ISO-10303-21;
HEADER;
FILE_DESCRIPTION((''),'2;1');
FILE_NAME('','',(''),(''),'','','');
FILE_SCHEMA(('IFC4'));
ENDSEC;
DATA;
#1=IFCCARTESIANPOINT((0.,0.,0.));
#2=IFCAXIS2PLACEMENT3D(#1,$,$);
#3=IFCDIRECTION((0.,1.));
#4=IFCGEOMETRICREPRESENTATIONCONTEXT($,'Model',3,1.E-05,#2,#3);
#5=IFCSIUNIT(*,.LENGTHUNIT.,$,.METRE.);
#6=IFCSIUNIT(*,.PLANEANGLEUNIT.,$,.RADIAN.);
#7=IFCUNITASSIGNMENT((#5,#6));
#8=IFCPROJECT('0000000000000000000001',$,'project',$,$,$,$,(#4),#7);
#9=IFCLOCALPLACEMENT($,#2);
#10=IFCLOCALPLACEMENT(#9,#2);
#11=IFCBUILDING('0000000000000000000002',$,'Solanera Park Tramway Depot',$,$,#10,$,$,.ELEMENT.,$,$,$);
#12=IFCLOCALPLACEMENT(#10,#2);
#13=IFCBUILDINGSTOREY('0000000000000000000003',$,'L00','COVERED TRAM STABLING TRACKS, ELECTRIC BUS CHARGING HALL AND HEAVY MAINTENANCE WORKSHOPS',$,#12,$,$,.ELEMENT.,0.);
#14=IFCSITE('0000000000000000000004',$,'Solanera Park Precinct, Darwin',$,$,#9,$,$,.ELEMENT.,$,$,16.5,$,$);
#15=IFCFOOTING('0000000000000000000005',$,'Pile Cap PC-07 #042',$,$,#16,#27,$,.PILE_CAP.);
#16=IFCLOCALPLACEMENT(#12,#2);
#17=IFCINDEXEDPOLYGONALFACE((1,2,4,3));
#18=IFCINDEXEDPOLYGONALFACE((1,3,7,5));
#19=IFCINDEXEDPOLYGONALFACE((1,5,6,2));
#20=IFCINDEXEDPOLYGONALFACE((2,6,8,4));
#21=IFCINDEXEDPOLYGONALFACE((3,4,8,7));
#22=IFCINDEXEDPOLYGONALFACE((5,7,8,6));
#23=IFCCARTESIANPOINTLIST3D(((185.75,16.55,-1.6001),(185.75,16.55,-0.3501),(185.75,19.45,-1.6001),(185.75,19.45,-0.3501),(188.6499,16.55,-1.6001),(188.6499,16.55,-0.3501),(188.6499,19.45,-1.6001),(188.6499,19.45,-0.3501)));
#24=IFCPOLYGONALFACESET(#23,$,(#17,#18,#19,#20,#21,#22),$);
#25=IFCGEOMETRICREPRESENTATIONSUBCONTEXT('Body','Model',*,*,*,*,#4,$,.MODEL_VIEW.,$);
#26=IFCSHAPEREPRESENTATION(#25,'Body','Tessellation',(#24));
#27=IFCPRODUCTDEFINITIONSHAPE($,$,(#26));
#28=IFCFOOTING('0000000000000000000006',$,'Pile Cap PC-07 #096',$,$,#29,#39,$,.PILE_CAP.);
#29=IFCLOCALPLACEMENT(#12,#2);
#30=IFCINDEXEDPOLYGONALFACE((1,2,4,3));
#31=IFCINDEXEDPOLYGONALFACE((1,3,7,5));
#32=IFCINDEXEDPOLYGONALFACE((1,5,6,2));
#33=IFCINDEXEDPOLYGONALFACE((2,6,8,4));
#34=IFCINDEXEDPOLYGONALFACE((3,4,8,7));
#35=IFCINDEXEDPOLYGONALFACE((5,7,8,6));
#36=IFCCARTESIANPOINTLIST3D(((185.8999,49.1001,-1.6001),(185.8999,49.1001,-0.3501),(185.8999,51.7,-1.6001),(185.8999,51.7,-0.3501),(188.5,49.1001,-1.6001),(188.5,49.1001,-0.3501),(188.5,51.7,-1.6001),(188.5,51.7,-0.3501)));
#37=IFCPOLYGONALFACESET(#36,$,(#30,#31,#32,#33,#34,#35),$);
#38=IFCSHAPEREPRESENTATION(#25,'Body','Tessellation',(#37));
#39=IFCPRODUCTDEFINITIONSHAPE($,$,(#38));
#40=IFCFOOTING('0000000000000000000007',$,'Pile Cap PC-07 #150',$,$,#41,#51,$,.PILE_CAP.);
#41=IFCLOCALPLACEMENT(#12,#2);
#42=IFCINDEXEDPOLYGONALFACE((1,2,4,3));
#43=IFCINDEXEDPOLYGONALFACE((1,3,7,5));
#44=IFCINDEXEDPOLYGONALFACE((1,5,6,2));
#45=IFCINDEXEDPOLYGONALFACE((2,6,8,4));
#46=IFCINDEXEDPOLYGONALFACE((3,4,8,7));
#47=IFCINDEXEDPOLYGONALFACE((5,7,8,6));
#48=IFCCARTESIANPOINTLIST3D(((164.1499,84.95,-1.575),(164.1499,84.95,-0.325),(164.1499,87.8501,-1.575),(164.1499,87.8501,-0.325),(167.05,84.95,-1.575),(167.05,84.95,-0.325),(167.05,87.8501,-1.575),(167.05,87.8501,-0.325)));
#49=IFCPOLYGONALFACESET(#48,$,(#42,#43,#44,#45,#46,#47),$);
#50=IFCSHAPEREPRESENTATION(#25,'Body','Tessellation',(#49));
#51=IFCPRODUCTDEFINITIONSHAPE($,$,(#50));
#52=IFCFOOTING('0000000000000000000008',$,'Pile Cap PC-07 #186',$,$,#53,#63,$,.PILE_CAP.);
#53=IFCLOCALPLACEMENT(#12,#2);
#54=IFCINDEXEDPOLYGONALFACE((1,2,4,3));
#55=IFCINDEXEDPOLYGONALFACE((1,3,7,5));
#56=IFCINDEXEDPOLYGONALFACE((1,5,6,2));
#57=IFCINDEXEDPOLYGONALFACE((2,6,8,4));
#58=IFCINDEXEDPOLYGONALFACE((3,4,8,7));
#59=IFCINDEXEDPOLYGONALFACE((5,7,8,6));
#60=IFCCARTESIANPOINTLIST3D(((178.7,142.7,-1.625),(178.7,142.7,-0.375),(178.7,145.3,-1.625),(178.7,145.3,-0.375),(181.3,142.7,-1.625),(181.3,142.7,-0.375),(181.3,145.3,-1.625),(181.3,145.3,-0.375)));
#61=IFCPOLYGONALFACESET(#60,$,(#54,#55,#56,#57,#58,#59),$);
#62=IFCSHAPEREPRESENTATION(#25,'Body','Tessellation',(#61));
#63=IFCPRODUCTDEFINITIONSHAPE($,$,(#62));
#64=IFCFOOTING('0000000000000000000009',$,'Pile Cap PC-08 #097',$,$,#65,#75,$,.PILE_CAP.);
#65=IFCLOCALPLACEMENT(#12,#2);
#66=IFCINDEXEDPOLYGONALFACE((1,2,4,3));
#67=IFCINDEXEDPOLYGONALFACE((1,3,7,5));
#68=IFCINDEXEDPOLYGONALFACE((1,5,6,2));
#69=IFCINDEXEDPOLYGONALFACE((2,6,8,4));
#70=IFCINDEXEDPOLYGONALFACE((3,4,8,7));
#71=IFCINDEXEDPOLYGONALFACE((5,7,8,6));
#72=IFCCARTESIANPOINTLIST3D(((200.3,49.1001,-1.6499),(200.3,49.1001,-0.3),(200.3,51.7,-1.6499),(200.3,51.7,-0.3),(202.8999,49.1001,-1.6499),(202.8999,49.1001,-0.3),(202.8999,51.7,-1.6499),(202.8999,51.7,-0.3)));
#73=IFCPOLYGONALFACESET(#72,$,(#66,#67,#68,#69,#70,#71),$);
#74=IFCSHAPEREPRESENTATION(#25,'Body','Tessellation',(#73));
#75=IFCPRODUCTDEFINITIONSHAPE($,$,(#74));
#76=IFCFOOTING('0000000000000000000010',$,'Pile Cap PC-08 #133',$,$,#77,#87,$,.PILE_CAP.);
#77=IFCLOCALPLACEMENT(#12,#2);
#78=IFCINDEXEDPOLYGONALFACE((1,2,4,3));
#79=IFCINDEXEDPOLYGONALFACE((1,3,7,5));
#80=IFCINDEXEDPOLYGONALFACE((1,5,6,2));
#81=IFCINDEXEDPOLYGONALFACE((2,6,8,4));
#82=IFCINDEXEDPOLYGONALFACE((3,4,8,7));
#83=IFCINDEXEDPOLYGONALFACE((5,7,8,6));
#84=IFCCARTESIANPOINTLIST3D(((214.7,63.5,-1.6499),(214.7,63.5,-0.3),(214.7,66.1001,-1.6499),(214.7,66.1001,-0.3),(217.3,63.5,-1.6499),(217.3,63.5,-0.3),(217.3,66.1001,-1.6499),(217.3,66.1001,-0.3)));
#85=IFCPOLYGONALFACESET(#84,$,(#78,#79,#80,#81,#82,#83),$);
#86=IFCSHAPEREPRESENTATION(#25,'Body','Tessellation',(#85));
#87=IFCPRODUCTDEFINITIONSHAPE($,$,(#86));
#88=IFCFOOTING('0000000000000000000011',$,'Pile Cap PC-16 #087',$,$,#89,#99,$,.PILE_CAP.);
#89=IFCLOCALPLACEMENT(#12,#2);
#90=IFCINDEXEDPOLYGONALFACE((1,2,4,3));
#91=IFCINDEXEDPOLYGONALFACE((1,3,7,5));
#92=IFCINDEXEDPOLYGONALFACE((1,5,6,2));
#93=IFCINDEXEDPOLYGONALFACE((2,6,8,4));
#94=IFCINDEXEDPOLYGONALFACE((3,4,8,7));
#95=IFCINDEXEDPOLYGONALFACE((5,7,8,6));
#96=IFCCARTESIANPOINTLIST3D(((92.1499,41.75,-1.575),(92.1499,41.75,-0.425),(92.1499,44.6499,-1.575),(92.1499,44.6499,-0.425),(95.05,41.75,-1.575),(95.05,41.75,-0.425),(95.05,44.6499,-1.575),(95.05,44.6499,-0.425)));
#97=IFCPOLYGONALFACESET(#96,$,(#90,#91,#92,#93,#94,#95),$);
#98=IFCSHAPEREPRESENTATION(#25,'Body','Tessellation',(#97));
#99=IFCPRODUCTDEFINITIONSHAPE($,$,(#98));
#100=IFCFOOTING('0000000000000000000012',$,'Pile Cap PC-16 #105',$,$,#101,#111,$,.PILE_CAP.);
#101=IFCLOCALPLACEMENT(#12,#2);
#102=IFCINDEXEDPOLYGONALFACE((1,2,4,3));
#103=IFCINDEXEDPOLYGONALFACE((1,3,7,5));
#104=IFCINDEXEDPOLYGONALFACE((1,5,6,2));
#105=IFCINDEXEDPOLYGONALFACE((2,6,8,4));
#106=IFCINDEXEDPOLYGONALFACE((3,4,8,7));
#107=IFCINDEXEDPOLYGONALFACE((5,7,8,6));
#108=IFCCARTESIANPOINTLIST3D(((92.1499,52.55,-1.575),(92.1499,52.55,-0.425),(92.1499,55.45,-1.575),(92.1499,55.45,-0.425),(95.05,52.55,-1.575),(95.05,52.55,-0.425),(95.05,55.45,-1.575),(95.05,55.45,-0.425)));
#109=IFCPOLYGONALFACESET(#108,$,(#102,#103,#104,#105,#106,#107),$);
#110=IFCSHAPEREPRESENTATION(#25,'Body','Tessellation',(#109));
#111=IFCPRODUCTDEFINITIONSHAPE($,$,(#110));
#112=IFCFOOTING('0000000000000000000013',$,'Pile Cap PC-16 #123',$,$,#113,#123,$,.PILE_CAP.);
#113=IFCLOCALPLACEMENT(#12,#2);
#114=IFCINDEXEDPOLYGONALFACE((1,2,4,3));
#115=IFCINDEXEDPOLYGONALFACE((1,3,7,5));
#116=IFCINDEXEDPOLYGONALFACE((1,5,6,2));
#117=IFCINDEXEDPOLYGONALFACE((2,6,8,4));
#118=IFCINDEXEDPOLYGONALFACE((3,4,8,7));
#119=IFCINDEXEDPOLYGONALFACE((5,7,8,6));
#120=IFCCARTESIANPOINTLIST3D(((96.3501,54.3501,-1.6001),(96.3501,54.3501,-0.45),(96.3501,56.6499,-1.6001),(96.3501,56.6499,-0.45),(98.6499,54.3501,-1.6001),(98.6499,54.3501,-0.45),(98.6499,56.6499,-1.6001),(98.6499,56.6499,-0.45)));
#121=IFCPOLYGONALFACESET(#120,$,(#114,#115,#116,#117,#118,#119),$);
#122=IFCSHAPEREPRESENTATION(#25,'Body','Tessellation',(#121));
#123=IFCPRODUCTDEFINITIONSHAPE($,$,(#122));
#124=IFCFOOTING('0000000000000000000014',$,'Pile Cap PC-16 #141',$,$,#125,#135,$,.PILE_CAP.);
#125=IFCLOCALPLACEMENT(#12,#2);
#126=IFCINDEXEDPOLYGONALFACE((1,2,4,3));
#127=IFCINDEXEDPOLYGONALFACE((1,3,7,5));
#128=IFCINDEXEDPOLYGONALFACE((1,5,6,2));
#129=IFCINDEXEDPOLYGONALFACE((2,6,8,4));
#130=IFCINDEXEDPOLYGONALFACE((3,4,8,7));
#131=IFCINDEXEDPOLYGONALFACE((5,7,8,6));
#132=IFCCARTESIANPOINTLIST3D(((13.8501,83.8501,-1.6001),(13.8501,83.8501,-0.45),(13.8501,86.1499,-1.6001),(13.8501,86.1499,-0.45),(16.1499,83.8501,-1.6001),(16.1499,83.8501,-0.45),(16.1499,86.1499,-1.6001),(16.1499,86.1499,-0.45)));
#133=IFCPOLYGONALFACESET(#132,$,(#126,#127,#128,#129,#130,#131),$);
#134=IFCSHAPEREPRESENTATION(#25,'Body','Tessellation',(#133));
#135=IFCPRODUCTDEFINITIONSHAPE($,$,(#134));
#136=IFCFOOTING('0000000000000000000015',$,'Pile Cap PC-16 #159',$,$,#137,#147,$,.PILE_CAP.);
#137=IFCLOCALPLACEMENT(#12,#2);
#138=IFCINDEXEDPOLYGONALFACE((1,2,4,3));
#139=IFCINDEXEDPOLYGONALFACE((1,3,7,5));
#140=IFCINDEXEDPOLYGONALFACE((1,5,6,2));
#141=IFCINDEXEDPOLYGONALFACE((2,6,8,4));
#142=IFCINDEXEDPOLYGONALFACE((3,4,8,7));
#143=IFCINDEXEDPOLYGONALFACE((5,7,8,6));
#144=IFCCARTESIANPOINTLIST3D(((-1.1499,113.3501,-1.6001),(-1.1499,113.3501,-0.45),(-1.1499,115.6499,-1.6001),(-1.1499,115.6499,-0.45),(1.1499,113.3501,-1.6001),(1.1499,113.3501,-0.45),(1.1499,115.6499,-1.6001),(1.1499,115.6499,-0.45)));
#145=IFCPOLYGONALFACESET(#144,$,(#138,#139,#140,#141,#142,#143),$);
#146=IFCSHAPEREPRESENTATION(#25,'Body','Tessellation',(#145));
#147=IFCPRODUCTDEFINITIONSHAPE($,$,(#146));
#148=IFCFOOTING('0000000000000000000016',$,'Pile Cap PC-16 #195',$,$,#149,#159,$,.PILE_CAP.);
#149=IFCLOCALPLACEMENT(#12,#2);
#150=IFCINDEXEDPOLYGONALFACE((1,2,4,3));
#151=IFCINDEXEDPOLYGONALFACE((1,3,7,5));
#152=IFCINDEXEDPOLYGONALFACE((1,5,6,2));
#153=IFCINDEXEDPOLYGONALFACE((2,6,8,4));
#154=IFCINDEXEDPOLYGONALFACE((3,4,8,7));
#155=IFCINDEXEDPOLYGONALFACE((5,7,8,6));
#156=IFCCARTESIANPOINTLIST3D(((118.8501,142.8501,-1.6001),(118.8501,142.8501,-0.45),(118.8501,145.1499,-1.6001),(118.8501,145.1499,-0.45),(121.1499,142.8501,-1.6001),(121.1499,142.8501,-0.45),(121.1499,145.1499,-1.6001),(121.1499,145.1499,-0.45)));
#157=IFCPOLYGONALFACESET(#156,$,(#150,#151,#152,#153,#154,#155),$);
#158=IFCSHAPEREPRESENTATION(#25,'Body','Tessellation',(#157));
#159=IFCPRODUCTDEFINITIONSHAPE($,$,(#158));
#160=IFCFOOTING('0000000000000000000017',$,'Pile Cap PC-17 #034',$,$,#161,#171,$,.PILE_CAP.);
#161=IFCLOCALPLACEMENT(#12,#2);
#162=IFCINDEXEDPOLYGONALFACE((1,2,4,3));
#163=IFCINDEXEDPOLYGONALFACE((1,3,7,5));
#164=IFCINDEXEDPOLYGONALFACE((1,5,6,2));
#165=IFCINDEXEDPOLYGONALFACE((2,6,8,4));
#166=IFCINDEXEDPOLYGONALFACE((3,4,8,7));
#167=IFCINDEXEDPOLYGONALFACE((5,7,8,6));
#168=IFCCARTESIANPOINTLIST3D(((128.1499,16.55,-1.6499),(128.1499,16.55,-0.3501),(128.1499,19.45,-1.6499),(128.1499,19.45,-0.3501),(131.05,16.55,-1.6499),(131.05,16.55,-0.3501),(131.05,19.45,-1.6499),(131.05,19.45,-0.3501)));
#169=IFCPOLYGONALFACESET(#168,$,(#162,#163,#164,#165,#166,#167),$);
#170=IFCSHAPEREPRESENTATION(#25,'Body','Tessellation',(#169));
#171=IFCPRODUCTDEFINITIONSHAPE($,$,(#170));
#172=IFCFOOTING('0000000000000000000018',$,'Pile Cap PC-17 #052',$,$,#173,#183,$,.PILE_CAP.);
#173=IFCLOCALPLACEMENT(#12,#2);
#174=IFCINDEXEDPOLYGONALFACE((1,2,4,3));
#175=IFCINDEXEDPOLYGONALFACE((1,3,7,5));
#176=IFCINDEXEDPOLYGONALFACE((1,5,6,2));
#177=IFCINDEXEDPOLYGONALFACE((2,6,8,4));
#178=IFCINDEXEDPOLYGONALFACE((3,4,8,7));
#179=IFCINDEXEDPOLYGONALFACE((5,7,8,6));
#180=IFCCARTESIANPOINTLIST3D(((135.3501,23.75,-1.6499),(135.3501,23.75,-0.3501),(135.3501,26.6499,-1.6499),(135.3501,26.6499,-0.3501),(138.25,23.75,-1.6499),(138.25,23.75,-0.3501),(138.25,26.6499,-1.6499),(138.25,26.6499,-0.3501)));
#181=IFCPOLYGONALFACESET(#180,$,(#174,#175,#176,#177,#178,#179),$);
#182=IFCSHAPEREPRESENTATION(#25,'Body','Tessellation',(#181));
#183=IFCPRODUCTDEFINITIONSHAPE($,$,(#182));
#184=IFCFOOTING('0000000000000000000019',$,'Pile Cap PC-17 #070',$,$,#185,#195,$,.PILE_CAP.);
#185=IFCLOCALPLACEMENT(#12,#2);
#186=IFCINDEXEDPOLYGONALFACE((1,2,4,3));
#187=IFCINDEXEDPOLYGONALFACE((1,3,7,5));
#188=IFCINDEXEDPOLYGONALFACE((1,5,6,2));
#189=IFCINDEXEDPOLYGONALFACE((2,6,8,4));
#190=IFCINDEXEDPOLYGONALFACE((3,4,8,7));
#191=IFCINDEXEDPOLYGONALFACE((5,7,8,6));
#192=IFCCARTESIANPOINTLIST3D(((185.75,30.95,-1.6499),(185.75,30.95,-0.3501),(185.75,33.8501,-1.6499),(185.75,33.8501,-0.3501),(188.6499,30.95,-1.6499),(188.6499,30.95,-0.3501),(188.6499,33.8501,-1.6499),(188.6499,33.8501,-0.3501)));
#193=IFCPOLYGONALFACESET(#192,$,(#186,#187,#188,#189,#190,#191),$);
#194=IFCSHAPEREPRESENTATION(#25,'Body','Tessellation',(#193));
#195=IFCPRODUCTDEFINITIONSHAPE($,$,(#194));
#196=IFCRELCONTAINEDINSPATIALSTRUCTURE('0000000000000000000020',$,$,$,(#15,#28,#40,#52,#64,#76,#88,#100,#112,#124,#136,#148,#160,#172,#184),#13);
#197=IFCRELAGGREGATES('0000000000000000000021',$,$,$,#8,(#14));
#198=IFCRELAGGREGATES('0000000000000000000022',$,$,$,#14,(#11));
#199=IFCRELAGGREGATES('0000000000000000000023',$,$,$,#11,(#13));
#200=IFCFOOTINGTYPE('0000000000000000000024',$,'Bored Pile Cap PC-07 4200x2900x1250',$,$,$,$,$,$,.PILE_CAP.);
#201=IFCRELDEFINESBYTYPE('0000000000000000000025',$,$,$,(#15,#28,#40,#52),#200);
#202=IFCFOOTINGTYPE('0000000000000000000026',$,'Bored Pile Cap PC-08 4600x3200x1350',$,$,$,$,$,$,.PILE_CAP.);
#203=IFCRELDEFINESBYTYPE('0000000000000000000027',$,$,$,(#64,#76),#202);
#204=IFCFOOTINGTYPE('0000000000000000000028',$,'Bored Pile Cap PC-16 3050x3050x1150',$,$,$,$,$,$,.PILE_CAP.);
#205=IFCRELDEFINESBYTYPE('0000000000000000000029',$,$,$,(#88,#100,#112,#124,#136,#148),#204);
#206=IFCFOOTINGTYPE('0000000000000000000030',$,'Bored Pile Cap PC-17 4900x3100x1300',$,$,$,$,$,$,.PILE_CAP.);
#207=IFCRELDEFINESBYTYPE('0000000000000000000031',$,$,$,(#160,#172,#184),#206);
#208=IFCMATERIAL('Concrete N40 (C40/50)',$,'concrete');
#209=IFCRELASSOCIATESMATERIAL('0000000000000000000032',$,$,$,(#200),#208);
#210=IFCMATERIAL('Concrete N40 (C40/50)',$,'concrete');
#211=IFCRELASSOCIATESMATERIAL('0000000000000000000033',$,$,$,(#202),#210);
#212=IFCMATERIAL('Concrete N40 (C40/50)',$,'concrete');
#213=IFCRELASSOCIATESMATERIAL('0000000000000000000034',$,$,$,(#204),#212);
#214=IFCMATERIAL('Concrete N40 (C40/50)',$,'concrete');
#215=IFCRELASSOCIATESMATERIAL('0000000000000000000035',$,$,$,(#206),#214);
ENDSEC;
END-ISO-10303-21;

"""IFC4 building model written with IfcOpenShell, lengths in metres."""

from ifc_helpers import new_model, si_unit, direction, frame, origin, place, context, subcontext, project, spatial, polyline, outline, extrude, material, type_object, element, save


model = new_model("IFC4")

# Units and contexts
model_context = context("Model", 3, precision=1e-05, world=origin(), true_north=direction((0.0, 1.0)))
body_context = subcontext(model_context, "Body", "Model", "MODEL_VIEW")
ifc_project = project(units=[si_unit("LENGTHUNIT", "METRE"), si_unit("PLANEANGLEUNIT", "RADIAN")], contexts=[model_context])

# Site, building, storey
site_placement = place(None, origin())
site = spatial("IfcSite", under=ifc_project, at=site_placement, Name="Solanera Park Precinct, Darwin", CompositionType="ELEMENT", RefElevation=16.5)
building_placement = place(site_placement, origin())
building = spatial("IfcBuilding", under=site, at=building_placement, Name="Solanera Park Tramway Depot", CompositionType="ELEMENT")
storey_placement = place(building_placement, origin())
storey = spatial("IfcBuildingStorey", under=building, at=storey_placement, Name="L00", Description="COVERED TRAM STABLING TRACKS, ELECTRIC BUS CHARGING HALL AND HEAVY MAINTENANCE WORKSHOPS", CompositionType="ELEMENT", Elevation=0.0)

# Footings
ifc_material_1 = material(Name="Concrete N40 (C40/50)", Category="concrete")
footing_type_1 = type_object("IfcFootingType", Name="Bored Pile Cap PC-07 4200x2900x1250", PredefinedType="PILE_CAP", material=ifc_material_1)
footing_1_placement = place(storey_placement, frame((0.0, 0.0, -1.6001)))
element("IfcFooting", 1, at=footing_1_placement, inside=storey, type_object=footing_type_1, Name="Pile Cap PC-07 #042", PredefinedType="PILE_CAP", context=body_context, shape_type="SweptSolid", body=[
    extrude(outline(polyline([(188.6499, 16.55), (188.6499, 19.45), (185.75, 19.45), (185.75, 16.55), (188.6499, 16.55)])), origin(), (0.0, 0.0, 1.0), 1.25),
])
footing_2_placement = place(storey_placement, frame((0.0, 0.0, -1.6001)))
element("IfcFooting", 2, at=footing_2_placement, inside=storey, type_object=footing_type_1, Name="Pile Cap PC-07 #096", PredefinedType="PILE_CAP", context=body_context, shape_type="SweptSolid", body=[
    extrude(outline(polyline([(188.5, 49.1001), (188.5, 51.7), (185.8999, 51.7), (185.8999, 49.1001), (188.5, 49.1001)])), origin(), (0.0, 0.0, 1.0), 1.25),
])
footing_3_placement = place(storey_placement, frame((0.0, 0.0, -1.575)))
element("IfcFooting", 3, at=footing_3_placement, inside=storey, type_object=footing_type_1, Name="Pile Cap PC-07 #150", PredefinedType="PILE_CAP", context=body_context, shape_type="SweptSolid", body=[
    extrude(outline(polyline([(167.05, 84.95), (167.05, 87.8501), (164.1499, 87.8501), (164.1499, 84.95), (167.05, 84.95)])), origin(), (0.0, 0.0, 1.0), 1.25),
])
footing_4_placement = place(storey_placement, frame((0.0, 0.0, -1.625)))
element("IfcFooting", 4, at=footing_4_placement, inside=storey, type_object=footing_type_1, Name="Pile Cap PC-07 #186", PredefinedType="PILE_CAP", context=body_context, shape_type="SweptSolid", body=[
    extrude(outline(polyline([(181.3, 142.7), (181.3, 145.3), (178.7, 145.3), (178.7, 142.7), (181.3, 142.7)])), origin(), (0.0, 0.0, 1.0), 1.25),
])
ifc_material_2 = material(Name="Concrete N40 (C40/50)", Category="concrete")
footing_type_2 = type_object("IfcFootingType", Name="Bored Pile Cap PC-08 4600x3200x1350", PredefinedType="PILE_CAP", material=ifc_material_2)
footing_5_placement = place(storey_placement, frame((0.0, 0.0, -1.6499)))
element("IfcFooting", 5, at=footing_5_placement, inside=storey, type_object=footing_type_2, Name="Pile Cap PC-08 #097", PredefinedType="PILE_CAP", context=body_context, shape_type="SweptSolid", body=[
    extrude(outline(polyline([(202.8999, 49.1001), (202.8999, 51.7), (200.3, 51.7), (200.3, 49.1001), (202.8999, 49.1001)])), origin(), (0.0, 0.0, 1.0), 1.3499),
])
footing_6_placement = place(storey_placement, frame((0.0, 0.0, -1.6499)))
element("IfcFooting", 6, at=footing_6_placement, inside=storey, type_object=footing_type_2, Name="Pile Cap PC-08 #133", PredefinedType="PILE_CAP", context=body_context, shape_type="SweptSolid", body=[
    extrude(outline(polyline([(217.3, 63.5), (217.3, 66.1001), (214.7, 66.1001), (214.7, 63.5), (217.3, 63.5)])), origin(), (0.0, 0.0, 1.0), 1.3499),
])
ifc_material_3 = material(Name="Concrete N40 (C40/50)", Category="concrete")
footing_type_3 = type_object("IfcFootingType", Name="Bored Pile Cap PC-16 3050x3050x1150", PredefinedType="PILE_CAP", material=ifc_material_3)
footing_7_placement = place(storey_placement, frame((0.0, 0.0, -1.575)))
element("IfcFooting", 7, at=footing_7_placement, inside=storey, type_object=footing_type_3, Name="Pile Cap PC-16 #087", PredefinedType="PILE_CAP", context=body_context, shape_type="SweptSolid", body=[
    extrude(outline(polyline([(95.05, 41.75), (95.05, 44.6499), (92.1499, 44.6499), (92.1499, 41.75), (95.05, 41.75)])), origin(), (0.0, 0.0, 1.0), 1.1499),
])
footing_8_placement = place(storey_placement, frame((0.0, 0.0, -1.575)))
element("IfcFooting", 8, at=footing_8_placement, inside=storey, type_object=footing_type_3, Name="Pile Cap PC-16 #105", PredefinedType="PILE_CAP", context=body_context, shape_type="SweptSolid", body=[
    extrude(outline(polyline([(95.05, 52.55), (95.05, 55.45), (92.1499, 55.45), (92.1499, 52.55), (95.05, 52.55)])), origin(), (0.0, 0.0, 1.0), 1.1499),
])
footing_9_placement = place(storey_placement, frame((0.0, 0.0, -1.6001)))
element("IfcFooting", 9, at=footing_9_placement, inside=storey, type_object=footing_type_3, Name="Pile Cap PC-16 #123", PredefinedType="PILE_CAP", context=body_context, shape_type="SweptSolid", body=[
    extrude(outline(polyline([(98.6499, 54.3501), (98.6499, 56.6499), (96.3501, 56.6499), (96.3501, 54.3501), (98.6499, 54.3501)])), origin(), (0.0, 0.0, 1.0), 1.1501),
])
footing_10_placement = place(storey_placement, frame((0.0, 0.0, -1.6001)))
element("IfcFooting", 10, at=footing_10_placement, inside=storey, type_object=footing_type_3, Name="Pile Cap PC-16 #141", PredefinedType="PILE_CAP", context=body_context, shape_type="SweptSolid", body=[
    extrude(outline(polyline([(16.1499, 83.8501), (16.1499, 86.1499), (13.8501, 86.1499), (13.8501, 83.8501), (16.1499, 83.8501)])), origin(), (0.0, 0.0, 1.0), 1.1501),
])
footing_11_placement = place(storey_placement, frame((0.0, 0.0, -1.6001)))
element("IfcFooting", 11, at=footing_11_placement, inside=storey, type_object=footing_type_3, Name="Pile Cap PC-16 #159", PredefinedType="PILE_CAP", context=body_context, shape_type="SweptSolid", body=[
    extrude(outline(polyline([(1.1499, 113.3501), (1.1499, 115.6499), (-1.1499, 115.6499), (-1.1499, 113.3501), (1.1499, 113.3501)])), origin(), (0.0, 0.0, 1.0), 1.1501),
])
footing_12_placement = place(storey_placement, frame((0.0, 0.0, -1.6001)))
element("IfcFooting", 12, at=footing_12_placement, inside=storey, type_object=footing_type_3, Name="Pile Cap PC-16 #195", PredefinedType="PILE_CAP", context=body_context, shape_type="SweptSolid", body=[
    extrude(outline(polyline([(121.1499, 142.8501), (121.1499, 145.1499), (118.8501, 145.1499), (118.8501, 142.8501), (121.1499, 142.8501)])), origin(), (0.0, 0.0, 1.0), 1.1501),
])
ifc_material_4 = material(Name="Concrete N40 (C40/50)", Category="concrete")
footing_type_4 = type_object("IfcFootingType", Name="Bored Pile Cap PC-17 4900x3100x1300", PredefinedType="PILE_CAP", material=ifc_material_4)
footing_13_placement = place(storey_placement, frame((0.0, 0.0, -1.6499)))
element("IfcFooting", 13, at=footing_13_placement, inside=storey, type_object=footing_type_4, Name="Pile Cap PC-17 #034", PredefinedType="PILE_CAP", context=body_context, shape_type="SweptSolid", body=[
    extrude(outline(polyline([(131.05, 16.55), (131.05, 19.45), (128.1499, 19.45), (128.1499, 16.55), (131.05, 16.55)])), origin(), (0.0, 0.0, 1.0), 1.2998),
])
footing_14_placement = place(storey_placement, frame((0.0, 0.0, -1.6499)))
element("IfcFooting", 14, at=footing_14_placement, inside=storey, type_object=footing_type_4, Name="Pile Cap PC-17 #052", PredefinedType="PILE_CAP", context=body_context, shape_type="SweptSolid", body=[
    extrude(outline(polyline([(138.25, 23.75), (138.25, 26.6499), (135.3501, 26.6499), (135.3501, 23.75), (138.25, 23.75)])), origin(), (0.0, 0.0, 1.0), 1.2998),
])
footing_15_placement = place(storey_placement, frame((0.0, 0.0, -1.6499)))
element("IfcFooting", 15, at=footing_15_placement, inside=storey, type_object=footing_type_4, Name="Pile Cap PC-17 #070", PredefinedType="PILE_CAP", context=body_context, shape_type="SweptSolid", body=[
    extrude(outline(polyline([(188.6499, 30.95), (188.6499, 33.8501), (185.75, 33.8501), (185.75, 30.95), (188.6499, 30.95)])), origin(), (0.0, 0.0, 1.0), 1.2998),
])

save(model, "model.ifc")
